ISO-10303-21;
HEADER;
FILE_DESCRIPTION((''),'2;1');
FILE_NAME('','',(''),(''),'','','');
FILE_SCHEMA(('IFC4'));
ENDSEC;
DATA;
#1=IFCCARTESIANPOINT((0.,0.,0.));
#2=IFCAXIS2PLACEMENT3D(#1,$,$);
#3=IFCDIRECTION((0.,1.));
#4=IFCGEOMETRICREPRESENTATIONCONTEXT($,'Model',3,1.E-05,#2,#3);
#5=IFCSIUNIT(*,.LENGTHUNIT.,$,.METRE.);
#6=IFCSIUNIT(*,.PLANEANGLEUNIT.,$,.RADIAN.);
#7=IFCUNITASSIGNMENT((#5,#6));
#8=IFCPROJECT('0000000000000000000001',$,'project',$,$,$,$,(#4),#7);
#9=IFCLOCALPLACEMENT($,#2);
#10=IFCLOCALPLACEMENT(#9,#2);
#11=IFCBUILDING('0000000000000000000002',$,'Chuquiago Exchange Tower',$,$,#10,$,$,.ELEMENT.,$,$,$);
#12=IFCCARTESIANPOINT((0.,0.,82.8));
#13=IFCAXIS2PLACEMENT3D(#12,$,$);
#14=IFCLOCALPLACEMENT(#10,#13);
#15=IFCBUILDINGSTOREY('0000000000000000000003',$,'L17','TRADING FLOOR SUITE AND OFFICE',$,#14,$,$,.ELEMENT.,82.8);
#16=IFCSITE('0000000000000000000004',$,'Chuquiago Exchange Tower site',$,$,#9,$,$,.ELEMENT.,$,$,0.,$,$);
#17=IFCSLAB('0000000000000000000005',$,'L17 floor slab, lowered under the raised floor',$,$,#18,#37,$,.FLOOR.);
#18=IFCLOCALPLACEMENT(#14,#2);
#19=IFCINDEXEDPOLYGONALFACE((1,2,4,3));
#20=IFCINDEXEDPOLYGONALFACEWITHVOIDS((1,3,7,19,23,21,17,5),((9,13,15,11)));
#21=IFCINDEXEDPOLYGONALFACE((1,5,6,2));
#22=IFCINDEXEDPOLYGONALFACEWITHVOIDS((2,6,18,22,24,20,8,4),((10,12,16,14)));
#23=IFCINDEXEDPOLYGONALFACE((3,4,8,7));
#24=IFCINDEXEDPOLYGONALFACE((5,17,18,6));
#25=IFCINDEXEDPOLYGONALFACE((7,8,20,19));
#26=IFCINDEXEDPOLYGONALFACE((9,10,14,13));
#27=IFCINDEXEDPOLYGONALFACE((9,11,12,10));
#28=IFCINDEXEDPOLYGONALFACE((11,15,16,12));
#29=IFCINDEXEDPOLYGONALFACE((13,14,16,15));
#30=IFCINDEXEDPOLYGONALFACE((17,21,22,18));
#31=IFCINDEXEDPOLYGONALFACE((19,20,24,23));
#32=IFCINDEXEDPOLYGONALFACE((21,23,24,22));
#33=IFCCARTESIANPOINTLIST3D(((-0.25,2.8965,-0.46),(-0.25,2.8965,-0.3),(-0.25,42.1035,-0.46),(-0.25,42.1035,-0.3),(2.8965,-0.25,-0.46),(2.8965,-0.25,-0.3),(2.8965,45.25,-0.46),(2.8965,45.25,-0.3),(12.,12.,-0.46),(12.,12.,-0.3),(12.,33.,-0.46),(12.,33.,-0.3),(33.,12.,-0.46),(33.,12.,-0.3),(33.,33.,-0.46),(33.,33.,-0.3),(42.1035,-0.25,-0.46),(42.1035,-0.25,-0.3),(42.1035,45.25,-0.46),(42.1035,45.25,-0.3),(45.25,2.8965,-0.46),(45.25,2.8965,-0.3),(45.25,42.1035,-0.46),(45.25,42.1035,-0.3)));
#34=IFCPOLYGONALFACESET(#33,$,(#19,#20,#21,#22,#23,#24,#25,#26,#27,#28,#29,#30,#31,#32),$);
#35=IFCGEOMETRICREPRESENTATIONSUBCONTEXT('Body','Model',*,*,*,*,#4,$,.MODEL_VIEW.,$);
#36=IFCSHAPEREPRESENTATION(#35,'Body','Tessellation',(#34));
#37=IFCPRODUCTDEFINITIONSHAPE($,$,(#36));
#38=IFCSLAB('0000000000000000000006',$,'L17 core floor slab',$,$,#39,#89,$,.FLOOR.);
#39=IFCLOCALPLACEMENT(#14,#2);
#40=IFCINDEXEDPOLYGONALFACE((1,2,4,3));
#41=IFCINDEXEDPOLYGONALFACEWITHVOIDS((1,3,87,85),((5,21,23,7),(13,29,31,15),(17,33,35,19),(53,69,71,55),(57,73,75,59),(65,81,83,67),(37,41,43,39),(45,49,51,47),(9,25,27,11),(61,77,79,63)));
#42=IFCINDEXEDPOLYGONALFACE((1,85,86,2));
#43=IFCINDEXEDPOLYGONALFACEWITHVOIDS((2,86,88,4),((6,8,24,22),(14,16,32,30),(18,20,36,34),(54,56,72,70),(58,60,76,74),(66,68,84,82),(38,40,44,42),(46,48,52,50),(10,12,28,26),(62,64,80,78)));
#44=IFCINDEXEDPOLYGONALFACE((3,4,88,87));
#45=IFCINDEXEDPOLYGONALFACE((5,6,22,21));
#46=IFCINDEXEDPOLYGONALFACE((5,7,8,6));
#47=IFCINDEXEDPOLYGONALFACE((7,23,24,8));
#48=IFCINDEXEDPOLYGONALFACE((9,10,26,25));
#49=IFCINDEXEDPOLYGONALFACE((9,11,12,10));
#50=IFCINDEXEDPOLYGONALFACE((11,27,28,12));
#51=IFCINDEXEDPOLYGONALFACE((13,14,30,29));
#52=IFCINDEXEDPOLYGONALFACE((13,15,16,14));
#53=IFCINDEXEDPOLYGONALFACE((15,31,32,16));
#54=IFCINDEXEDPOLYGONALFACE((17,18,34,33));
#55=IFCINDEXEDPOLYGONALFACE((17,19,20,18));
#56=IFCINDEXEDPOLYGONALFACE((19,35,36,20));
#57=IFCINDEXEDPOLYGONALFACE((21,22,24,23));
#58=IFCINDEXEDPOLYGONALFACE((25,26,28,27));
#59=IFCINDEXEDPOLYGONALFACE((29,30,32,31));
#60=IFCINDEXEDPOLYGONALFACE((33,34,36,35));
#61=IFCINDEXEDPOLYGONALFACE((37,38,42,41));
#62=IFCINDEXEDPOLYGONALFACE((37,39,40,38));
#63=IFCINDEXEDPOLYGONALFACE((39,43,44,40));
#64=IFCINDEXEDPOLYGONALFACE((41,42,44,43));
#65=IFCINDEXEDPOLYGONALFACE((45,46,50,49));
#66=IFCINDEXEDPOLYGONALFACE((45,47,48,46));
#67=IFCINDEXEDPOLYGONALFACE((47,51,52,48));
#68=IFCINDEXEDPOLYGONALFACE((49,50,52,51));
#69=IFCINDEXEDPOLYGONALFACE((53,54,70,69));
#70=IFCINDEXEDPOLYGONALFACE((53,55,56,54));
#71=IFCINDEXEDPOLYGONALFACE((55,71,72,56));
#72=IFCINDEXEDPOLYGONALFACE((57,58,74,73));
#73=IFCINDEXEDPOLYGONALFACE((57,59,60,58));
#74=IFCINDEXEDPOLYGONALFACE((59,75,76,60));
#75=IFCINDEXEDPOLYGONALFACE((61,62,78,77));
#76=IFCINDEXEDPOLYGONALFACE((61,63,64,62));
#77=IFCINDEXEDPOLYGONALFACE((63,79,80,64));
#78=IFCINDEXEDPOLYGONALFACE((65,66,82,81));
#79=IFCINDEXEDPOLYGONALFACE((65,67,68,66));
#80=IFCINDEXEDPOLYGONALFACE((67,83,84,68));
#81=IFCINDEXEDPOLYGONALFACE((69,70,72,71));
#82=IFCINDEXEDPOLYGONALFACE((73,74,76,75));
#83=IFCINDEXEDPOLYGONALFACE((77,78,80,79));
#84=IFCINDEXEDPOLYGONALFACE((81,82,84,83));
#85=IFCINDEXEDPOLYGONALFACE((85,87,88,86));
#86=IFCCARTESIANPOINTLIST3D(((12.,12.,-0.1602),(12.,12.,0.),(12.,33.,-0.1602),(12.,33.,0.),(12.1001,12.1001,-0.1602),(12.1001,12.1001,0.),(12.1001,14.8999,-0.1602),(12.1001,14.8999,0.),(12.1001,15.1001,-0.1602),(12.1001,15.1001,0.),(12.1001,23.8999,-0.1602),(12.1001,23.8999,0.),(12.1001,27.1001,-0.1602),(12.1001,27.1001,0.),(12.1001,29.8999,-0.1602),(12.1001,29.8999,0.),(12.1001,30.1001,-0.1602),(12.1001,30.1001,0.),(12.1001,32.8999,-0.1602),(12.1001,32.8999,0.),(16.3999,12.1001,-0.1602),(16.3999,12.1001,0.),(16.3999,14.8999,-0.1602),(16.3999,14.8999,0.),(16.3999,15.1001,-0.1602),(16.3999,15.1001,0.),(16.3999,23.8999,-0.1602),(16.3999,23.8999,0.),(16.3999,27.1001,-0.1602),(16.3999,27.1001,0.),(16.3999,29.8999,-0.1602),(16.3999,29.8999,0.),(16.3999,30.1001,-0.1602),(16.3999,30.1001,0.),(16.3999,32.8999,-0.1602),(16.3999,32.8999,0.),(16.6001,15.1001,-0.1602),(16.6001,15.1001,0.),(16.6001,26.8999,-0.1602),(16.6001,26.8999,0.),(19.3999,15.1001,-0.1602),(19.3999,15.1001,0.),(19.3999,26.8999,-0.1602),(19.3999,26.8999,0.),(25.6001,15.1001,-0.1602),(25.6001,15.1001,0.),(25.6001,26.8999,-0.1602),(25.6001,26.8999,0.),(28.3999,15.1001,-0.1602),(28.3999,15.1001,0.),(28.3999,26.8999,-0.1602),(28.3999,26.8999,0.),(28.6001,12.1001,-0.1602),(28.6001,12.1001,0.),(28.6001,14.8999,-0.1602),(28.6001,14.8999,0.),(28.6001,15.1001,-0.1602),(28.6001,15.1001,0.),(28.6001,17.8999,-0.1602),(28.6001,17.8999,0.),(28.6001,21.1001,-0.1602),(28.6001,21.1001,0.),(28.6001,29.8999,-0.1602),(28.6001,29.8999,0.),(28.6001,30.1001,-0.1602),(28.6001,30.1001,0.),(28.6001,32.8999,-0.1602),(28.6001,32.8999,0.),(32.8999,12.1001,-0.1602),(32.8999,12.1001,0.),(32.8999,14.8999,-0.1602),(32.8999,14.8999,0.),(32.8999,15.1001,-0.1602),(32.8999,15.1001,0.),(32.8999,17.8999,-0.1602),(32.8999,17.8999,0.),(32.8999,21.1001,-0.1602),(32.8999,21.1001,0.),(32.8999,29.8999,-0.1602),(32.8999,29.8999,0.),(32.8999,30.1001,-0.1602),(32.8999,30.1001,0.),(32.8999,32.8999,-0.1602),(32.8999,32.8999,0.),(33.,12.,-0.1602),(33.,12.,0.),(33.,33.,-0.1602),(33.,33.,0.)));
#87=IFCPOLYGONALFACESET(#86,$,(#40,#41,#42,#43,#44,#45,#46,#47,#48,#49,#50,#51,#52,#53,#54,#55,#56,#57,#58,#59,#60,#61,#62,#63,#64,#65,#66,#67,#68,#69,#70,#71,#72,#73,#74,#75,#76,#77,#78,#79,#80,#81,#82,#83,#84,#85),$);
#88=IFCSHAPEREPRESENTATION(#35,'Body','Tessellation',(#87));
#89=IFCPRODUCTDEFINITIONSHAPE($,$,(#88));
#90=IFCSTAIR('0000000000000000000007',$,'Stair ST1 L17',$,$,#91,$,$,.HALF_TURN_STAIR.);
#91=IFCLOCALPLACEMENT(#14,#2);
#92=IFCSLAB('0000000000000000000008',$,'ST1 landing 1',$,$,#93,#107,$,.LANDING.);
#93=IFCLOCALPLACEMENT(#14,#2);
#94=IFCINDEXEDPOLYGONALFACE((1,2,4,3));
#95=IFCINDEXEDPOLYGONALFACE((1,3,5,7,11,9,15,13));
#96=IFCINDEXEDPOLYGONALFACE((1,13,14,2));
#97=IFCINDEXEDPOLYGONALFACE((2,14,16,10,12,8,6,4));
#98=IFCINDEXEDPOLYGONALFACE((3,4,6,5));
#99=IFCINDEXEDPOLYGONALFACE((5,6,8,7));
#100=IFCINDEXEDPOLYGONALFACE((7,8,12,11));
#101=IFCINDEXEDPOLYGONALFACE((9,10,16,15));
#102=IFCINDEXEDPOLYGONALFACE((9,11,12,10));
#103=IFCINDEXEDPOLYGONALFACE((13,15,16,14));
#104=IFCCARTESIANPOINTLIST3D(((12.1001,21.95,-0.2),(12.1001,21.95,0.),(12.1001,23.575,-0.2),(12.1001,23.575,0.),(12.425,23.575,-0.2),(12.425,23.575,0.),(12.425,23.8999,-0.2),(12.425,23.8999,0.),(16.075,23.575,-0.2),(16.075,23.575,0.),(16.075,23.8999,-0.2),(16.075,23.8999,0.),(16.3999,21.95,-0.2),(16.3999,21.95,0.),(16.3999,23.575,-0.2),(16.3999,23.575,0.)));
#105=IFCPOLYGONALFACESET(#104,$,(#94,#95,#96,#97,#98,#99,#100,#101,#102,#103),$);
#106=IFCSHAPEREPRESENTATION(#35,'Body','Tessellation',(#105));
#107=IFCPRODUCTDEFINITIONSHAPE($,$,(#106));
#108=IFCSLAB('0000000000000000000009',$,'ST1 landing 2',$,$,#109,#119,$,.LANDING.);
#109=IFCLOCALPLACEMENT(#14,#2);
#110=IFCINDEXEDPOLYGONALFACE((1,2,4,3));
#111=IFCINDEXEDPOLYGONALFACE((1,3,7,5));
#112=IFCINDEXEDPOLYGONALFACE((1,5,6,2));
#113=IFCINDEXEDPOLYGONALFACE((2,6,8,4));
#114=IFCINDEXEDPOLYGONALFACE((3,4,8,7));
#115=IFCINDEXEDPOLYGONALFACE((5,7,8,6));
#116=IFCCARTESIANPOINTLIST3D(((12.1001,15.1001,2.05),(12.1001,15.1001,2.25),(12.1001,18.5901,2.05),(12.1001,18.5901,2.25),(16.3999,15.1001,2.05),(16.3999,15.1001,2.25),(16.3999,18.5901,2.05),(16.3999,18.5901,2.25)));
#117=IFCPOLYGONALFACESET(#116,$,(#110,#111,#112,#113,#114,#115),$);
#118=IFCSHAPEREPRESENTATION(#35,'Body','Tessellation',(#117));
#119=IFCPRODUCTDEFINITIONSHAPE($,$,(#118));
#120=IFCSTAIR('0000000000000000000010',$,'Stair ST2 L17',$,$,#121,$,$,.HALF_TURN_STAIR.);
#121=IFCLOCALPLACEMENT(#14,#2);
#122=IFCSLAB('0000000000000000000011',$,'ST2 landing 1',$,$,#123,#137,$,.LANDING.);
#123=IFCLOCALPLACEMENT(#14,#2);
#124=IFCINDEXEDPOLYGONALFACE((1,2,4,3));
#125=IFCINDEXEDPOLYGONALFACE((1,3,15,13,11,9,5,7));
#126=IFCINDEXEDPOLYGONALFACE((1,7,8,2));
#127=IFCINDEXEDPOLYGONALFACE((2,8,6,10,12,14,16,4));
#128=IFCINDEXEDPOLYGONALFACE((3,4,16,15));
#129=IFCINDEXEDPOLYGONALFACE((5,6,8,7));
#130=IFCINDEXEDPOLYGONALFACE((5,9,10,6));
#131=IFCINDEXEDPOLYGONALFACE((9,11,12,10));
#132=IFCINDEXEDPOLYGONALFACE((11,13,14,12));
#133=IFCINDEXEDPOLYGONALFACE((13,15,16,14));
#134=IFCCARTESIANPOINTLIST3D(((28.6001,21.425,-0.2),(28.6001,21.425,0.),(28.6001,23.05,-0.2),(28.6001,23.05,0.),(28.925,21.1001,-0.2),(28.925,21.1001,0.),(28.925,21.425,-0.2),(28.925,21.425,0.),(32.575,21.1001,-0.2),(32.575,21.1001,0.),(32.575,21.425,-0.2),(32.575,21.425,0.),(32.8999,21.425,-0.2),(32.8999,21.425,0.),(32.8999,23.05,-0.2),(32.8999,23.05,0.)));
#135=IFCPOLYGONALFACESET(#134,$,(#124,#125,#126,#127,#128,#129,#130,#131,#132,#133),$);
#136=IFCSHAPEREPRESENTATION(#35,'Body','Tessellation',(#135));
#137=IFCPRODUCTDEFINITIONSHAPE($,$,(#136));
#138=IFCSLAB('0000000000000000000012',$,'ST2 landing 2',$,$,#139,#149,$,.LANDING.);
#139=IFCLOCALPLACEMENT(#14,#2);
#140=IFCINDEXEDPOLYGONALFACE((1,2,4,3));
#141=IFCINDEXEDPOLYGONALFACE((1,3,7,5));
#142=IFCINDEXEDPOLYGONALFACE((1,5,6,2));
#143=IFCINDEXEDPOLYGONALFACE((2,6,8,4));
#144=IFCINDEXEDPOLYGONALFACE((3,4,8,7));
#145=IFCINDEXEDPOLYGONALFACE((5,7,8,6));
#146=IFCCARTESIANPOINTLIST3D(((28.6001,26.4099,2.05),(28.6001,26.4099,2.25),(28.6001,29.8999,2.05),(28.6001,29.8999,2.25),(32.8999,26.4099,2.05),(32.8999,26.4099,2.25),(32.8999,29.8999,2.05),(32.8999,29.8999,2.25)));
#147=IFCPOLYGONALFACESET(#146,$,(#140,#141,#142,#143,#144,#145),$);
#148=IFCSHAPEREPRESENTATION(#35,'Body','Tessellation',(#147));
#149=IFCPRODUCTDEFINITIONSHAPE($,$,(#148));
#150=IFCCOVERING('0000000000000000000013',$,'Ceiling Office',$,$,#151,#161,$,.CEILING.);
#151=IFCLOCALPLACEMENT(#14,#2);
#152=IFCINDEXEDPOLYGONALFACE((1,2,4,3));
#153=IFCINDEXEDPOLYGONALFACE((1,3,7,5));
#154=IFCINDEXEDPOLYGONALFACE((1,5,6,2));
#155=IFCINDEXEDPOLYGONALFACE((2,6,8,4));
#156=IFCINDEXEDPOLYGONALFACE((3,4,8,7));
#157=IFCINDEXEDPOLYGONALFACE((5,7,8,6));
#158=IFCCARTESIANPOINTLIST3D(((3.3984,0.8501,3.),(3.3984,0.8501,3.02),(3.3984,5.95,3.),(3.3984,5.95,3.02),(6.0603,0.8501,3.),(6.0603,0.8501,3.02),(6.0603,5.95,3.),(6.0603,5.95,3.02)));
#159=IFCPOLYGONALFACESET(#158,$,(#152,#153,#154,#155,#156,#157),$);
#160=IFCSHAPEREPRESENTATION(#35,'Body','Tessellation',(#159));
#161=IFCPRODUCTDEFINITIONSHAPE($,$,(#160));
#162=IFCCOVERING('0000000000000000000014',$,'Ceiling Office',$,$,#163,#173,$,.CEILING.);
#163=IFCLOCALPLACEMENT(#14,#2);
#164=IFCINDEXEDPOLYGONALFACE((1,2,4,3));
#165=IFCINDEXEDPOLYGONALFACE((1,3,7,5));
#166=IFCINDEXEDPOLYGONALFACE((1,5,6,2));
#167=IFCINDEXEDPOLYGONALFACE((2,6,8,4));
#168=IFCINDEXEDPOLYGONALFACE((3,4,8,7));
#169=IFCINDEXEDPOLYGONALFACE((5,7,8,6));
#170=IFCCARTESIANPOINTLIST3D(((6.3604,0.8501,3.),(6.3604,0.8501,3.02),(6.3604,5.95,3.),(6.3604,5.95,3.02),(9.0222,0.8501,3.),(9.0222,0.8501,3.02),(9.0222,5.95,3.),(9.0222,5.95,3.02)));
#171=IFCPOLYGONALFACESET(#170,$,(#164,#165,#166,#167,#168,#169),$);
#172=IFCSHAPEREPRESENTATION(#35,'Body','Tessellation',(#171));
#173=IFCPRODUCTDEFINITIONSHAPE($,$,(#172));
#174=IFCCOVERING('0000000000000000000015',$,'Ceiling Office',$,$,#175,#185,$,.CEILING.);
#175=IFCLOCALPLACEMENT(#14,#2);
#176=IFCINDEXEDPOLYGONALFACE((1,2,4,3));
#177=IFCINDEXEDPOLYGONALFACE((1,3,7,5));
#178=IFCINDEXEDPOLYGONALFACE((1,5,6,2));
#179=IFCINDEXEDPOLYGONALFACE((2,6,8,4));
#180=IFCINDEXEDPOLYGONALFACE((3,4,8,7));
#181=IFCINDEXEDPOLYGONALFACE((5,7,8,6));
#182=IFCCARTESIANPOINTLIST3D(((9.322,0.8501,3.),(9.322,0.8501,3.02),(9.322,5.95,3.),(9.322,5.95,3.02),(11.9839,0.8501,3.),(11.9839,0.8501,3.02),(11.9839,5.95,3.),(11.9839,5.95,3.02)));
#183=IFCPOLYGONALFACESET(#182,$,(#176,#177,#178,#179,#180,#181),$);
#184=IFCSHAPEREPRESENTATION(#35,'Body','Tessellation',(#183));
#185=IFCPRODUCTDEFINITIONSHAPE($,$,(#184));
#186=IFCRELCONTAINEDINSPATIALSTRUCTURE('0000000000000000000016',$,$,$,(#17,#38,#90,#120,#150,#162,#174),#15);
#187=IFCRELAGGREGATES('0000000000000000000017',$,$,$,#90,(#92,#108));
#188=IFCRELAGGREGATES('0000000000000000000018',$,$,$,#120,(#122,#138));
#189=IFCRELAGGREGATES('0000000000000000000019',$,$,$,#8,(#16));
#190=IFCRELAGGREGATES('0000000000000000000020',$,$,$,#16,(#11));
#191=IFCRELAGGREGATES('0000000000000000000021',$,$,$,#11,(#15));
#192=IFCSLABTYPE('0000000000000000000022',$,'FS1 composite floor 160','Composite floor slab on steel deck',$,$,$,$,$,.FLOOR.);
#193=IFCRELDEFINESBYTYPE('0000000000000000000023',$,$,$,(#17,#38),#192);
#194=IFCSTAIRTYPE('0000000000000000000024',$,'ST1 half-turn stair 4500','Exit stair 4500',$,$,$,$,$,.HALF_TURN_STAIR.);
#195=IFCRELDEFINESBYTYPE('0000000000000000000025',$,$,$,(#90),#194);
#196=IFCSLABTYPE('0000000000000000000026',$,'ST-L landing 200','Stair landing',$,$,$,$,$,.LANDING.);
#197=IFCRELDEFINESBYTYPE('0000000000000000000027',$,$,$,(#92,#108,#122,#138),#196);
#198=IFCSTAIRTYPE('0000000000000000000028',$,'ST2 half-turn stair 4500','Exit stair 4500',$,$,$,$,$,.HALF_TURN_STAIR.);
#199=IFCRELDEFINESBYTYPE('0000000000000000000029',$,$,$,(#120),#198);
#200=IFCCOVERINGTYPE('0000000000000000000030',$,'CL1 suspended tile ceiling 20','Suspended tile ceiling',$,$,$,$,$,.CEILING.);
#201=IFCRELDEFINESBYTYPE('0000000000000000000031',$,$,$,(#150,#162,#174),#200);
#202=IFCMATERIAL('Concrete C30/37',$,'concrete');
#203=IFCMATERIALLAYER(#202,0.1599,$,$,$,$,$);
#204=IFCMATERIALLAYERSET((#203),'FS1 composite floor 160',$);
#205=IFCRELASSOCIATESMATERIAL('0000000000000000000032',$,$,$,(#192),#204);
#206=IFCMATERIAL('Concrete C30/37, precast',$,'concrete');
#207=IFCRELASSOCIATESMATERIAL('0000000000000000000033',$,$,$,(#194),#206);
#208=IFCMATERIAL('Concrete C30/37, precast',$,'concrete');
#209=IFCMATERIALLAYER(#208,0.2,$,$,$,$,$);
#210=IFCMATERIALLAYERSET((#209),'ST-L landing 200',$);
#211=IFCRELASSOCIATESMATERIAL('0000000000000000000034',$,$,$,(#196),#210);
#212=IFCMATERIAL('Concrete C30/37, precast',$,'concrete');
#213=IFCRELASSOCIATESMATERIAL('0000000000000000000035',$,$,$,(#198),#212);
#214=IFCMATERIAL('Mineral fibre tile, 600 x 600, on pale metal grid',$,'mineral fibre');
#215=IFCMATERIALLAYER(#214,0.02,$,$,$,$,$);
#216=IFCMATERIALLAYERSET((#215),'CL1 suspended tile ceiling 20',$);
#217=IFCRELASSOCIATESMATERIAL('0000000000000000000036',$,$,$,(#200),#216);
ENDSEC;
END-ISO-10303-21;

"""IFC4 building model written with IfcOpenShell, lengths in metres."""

from ifc_helpers import new_model, si_unit, direction, frame, origin, place, context, subcontext, project, spatial, polyline, outline, extrude, material, layer, layer_set, type_object, element, aggregate, save


model = new_model("IFC4")

# Units and contexts
model_context = context("Model", 3, precision=1e-05, world=origin(), true_north=direction((0.0, 1.0)))
body_context = subcontext(model_context, "Body", "Model", "MODEL_VIEW")
ifc_project = project(units=[si_unit("LENGTHUNIT", "METRE"), si_unit("PLANEANGLEUNIT", "RADIAN")], contexts=[model_context])

# Site, building, storey
site_placement = place(None, origin())
site = spatial("IfcSite", under=ifc_project, at=site_placement, Name="Chuquiago Exchange Tower site", CompositionType="ELEMENT", RefElevation=0.0)
building_placement = place(site_placement, origin())
building = spatial("IfcBuilding", under=site, at=building_placement, Name="Chuquiago Exchange Tower", CompositionType="ELEMENT")
storey_placement = place(building_placement, frame((0.0, 0.0, 82.8)))
storey = spatial("IfcBuildingStorey", under=building, at=storey_placement, Name="L17", Description="TRADING FLOOR SUITE AND OFFICE", CompositionType="ELEMENT", Elevation=82.8)

# Slabs
ifc_material_1 = material(Name="Concrete C30/37", Category="concrete")
ifc_layer_1 = layer(ifc_material_1, 0.1599)
ifc_layer_set_1 = layer_set([ifc_layer_1], Name="FS1 composite floor 160")
slab_type_1 = type_object("IfcSlabType", Name="FS1 composite floor 160", Description="Composite floor slab on steel deck", PredefinedType="FLOOR", material=ifc_layer_set_1)
slab_1_placement = place(storey_placement, frame((0.0, 0.0, -0.46)))
element("IfcSlab", 1, at=slab_1_placement, inside=storey, type_object=slab_type_1, Name="L17 floor slab, lowered under the raised floor", PredefinedType="FLOOR", context=body_context, shape_type="SweptSolid", body=[
    extrude(outline(polyline([(-0.25, 2.8965), (-0.25, 42.1035), (2.8965, 45.25), (42.1035, 45.25), (45.25, 42.1035), (45.25, 2.8965), (42.1035, -0.25), (2.8965, -0.25), (-0.25, 2.8965)]), holes=[polyline([(33.0, 33.0), (12.0, 33.0), (12.0, 12.0), (33.0, 12.0), (33.0, 33.0)])]), origin(), (0.0, 0.0, 1.0), 0.1599),
])
slab_2_placement = place(storey_placement, frame((0.0, 0.0, -0.1602)))
element("IfcSlab", 2, at=slab_2_placement, inside=storey, type_object=slab_type_1, Name="L17 core floor slab", PredefinedType="FLOOR", context=body_context, shape_type="SweptSolid", body=[
    extrude(outline(polyline([(33.0, 12.0), (33.0, 33.0), (12.0, 33.0), (12.0, 12.0), (33.0, 12.0)]), holes=[polyline([(16.3999, 15.1001), (12.1001, 15.1001), (12.1001, 23.8999), (16.3999, 23.8999), (16.3999, 15.1001)]), polyline([(32.8999, 21.1001), (28.6001, 21.1001), (28.6001, 29.8999), (32.8999, 29.8999), (32.8999, 21.1001)]), polyline([(16.3999, 12.1001), (12.1001, 12.1001), (12.1001, 14.8999), (16.3999, 14.8999), (16.3999, 12.1001)]), polyline([(16.3999, 30.1001), (12.1001, 30.1001), (12.1001, 32.8999), (16.3999, 32.8999), (16.3999, 30.1001)]), polyline([(32.8999, 12.1001), (28.6001, 12.1001), (28.6001, 14.8999), (32.8999, 14.8999), (32.8999, 12.1001)]), polyline([(32.8999, 30.1001), (28.6001, 30.1001), (28.6001, 32.8999), (32.8999, 32.8999), (32.8999, 30.1001)]), polyline([(16.3999, 27.1001), (12.1001, 27.1001), (12.1001, 29.8999), (16.3999, 29.8999), (16.3999, 27.1001)]), polyline([(32.8999, 15.1001), (28.6001, 15.1001), (28.6001, 17.8999), (32.8999, 17.8999), (32.8999, 15.1001)]), polyline([(19.3999, 15.1001), (16.6001, 15.1001), (16.6001, 26.8999), (19.3999, 26.8999), (19.3999, 15.1001)]), polyline([(28.3999, 15.1001), (25.6001, 15.1001), (25.6001, 26.8999), (28.3999, 26.8999), (28.3999, 15.1001)])]), origin(), (0.0, 0.0, 1.0), 0.1602),
])

# Stairs, slabs
ifc_material_2 = material(Name="Concrete C30/37, precast", Category="concrete")
stair_type_1 = type_object("IfcStairType", Name="ST1 half-turn stair 4500", Description="Exit stair 4500", PredefinedType="HALF_TURN_STAIR", material=ifc_material_2)
stair_1_placement = place(storey_placement, origin())
stair_1 = element("IfcStair", 3, at=stair_1_placement, inside=storey, type_object=stair_type_1, Name="Stair ST1 L17", PredefinedType="HALF_TURN_STAIR")
ifc_material_3 = material(Name="Concrete C30/37, precast", Category="concrete")
ifc_layer_2 = layer(ifc_material_3, 0.2)
ifc_layer_set_2 = layer_set([ifc_layer_2], Name="ST-L landing 200")
slab_type_2 = type_object("IfcSlabType", Name="ST-L landing 200", Description="Stair landing", PredefinedType="LANDING", material=ifc_layer_set_2)
slab_3_placement = place(storey_placement, frame((0.0, 0.0, -0.2)))
slab_3 = element("IfcSlab", 4, at=slab_3_placement, type_object=slab_type_2, Name="ST1 landing 1", PredefinedType="LANDING", context=body_context, shape_type="SweptSolid", body=[
    extrude(outline(polyline([(12.425, 23.8999), (16.075, 23.8999), (16.075, 23.575), (16.3999, 23.575), (16.3999, 21.95), (12.1001, 21.95), (12.1001, 23.575), (12.425, 23.575), (12.425, 23.8999)])), origin(), (0.0, 0.0, 1.0), 0.2),
])
slab_4_placement = place(storey_placement, frame((0.0, 0.0, 2.05)))
slab_4 = element("IfcSlab", 5, at=slab_4_placement, type_object=slab_type_2, Name="ST1 landing 2", PredefinedType="LANDING", context=body_context, shape_type="SweptSolid", body=[
    extrude(outline(polyline([(12.1001, 18.5901), (16.3999, 18.5901), (16.3999, 15.1001), (12.1001, 15.1001), (12.1001, 18.5901)])), origin(), (0.0, 0.0, 1.0), 0.2),
])
aggregate(stair_1, [slab_3, slab_4])
ifc_material_4 = material(Name="Concrete C30/37, precast", Category="concrete")
stair_type_2 = type_object("IfcStairType", Name="ST2 half-turn stair 4500", Description="Exit stair 4500", PredefinedType="HALF_TURN_STAIR", material=ifc_material_4)
stair_2_placement = place(storey_placement, origin())
stair_2 = element("IfcStair", 6, at=stair_2_placement, inside=storey, type_object=stair_type_2, Name="Stair ST2 L17", PredefinedType="HALF_TURN_STAIR")
slab_5_placement = place(storey_placement, frame((0.0, 0.0, -0.2)))
slab_5 = element("IfcSlab", 7, at=slab_5_placement, type_object=slab_type_2, Name="ST2 landing 1", PredefinedType="LANDING", context=body_context, shape_type="SweptSolid", body=[
    extrude(outline(polyline([(32.575, 21.425), (32.575, 21.1001), (28.925, 21.1001), (28.925, 21.425), (28.6001, 21.425), (28.6001, 23.05), (32.8999, 23.05), (32.8999, 21.425), (32.575, 21.425)])), origin(), (0.0, 0.0, 1.0), 0.2),
])
slab_6_placement = place(storey_placement, frame((0.0, 0.0, 2.05)))
slab_6 = element("IfcSlab", 8, at=slab_6_placement, type_object=slab_type_2, Name="ST2 landing 2", PredefinedType="LANDING", context=body_context, shape_type="SweptSolid", body=[
    extrude(outline(polyline([(28.6001, 29.8999), (32.8999, 29.8999), (32.8999, 26.4099), (28.6001, 26.4099), (28.6001, 29.8999)])), origin(), (0.0, 0.0, 1.0), 0.2),
])
aggregate(stair_2, [slab_5, slab_6])

# Coverings
ifc_material_5 = material(Name="Mineral fibre tile, 600 x 600, on pale metal grid", Category="mineral fibre")
ifc_layer_3 = layer(ifc_material_5, 0.02)
ifc_layer_set_3 = layer_set([ifc_layer_3], Name="CL1 suspended tile ceiling 20")
covering_type_1 = type_object("IfcCoveringType", Name="CL1 suspended tile ceiling 20", Description="Suspended tile ceiling", PredefinedType="CEILING", material=ifc_layer_set_3)
covering_1_placement = place(storey_placement, frame((0.0, 0.0, 3.0)))
element("IfcCovering", 9, at=covering_1_placement, inside=storey, type_object=covering_type_1, Name="Ceiling Office", PredefinedType="CEILING", context=body_context, shape_type="SweptSolid", body=[
    extrude(outline(polyline([(3.3984, 5.95), (6.0603, 5.95), (6.0603, 0.8501), (3.3984, 0.8501), (3.3984, 5.95)])), origin(), (0.0, 0.0, 1.0), 0.02),
])
covering_2_placement = place(storey_placement, frame((0.0, 0.0, 3.0)))
element("IfcCovering", 10, at=covering_2_placement, inside=storey, type_object=covering_type_1, Name="Ceiling Office", PredefinedType="CEILING", context=body_context, shape_type="SweptSolid", body=[
    extrude(outline(polyline([(6.3604, 5.95), (9.0222, 5.95), (9.0222, 0.8501), (6.3604, 0.8501), (6.3604, 5.95)])), origin(), (0.0, 0.0, 1.0), 0.02),
])
covering_3_placement = place(storey_placement, frame((0.0, 0.0, 3.0)))
element("IfcCovering", 11, at=covering_3_placement, inside=storey, type_object=covering_type_1, Name="Ceiling Office", PredefinedType="CEILING", context=body_context, shape_type="SweptSolid", body=[
    extrude(outline(polyline([(9.322, 5.95), (11.9839, 5.95), (11.9839, 0.8501), (9.322, 0.8501), (9.322, 5.95)])), origin(), (0.0, 0.0, 1.0), 0.02),
])

save(model, "model.ifc")
